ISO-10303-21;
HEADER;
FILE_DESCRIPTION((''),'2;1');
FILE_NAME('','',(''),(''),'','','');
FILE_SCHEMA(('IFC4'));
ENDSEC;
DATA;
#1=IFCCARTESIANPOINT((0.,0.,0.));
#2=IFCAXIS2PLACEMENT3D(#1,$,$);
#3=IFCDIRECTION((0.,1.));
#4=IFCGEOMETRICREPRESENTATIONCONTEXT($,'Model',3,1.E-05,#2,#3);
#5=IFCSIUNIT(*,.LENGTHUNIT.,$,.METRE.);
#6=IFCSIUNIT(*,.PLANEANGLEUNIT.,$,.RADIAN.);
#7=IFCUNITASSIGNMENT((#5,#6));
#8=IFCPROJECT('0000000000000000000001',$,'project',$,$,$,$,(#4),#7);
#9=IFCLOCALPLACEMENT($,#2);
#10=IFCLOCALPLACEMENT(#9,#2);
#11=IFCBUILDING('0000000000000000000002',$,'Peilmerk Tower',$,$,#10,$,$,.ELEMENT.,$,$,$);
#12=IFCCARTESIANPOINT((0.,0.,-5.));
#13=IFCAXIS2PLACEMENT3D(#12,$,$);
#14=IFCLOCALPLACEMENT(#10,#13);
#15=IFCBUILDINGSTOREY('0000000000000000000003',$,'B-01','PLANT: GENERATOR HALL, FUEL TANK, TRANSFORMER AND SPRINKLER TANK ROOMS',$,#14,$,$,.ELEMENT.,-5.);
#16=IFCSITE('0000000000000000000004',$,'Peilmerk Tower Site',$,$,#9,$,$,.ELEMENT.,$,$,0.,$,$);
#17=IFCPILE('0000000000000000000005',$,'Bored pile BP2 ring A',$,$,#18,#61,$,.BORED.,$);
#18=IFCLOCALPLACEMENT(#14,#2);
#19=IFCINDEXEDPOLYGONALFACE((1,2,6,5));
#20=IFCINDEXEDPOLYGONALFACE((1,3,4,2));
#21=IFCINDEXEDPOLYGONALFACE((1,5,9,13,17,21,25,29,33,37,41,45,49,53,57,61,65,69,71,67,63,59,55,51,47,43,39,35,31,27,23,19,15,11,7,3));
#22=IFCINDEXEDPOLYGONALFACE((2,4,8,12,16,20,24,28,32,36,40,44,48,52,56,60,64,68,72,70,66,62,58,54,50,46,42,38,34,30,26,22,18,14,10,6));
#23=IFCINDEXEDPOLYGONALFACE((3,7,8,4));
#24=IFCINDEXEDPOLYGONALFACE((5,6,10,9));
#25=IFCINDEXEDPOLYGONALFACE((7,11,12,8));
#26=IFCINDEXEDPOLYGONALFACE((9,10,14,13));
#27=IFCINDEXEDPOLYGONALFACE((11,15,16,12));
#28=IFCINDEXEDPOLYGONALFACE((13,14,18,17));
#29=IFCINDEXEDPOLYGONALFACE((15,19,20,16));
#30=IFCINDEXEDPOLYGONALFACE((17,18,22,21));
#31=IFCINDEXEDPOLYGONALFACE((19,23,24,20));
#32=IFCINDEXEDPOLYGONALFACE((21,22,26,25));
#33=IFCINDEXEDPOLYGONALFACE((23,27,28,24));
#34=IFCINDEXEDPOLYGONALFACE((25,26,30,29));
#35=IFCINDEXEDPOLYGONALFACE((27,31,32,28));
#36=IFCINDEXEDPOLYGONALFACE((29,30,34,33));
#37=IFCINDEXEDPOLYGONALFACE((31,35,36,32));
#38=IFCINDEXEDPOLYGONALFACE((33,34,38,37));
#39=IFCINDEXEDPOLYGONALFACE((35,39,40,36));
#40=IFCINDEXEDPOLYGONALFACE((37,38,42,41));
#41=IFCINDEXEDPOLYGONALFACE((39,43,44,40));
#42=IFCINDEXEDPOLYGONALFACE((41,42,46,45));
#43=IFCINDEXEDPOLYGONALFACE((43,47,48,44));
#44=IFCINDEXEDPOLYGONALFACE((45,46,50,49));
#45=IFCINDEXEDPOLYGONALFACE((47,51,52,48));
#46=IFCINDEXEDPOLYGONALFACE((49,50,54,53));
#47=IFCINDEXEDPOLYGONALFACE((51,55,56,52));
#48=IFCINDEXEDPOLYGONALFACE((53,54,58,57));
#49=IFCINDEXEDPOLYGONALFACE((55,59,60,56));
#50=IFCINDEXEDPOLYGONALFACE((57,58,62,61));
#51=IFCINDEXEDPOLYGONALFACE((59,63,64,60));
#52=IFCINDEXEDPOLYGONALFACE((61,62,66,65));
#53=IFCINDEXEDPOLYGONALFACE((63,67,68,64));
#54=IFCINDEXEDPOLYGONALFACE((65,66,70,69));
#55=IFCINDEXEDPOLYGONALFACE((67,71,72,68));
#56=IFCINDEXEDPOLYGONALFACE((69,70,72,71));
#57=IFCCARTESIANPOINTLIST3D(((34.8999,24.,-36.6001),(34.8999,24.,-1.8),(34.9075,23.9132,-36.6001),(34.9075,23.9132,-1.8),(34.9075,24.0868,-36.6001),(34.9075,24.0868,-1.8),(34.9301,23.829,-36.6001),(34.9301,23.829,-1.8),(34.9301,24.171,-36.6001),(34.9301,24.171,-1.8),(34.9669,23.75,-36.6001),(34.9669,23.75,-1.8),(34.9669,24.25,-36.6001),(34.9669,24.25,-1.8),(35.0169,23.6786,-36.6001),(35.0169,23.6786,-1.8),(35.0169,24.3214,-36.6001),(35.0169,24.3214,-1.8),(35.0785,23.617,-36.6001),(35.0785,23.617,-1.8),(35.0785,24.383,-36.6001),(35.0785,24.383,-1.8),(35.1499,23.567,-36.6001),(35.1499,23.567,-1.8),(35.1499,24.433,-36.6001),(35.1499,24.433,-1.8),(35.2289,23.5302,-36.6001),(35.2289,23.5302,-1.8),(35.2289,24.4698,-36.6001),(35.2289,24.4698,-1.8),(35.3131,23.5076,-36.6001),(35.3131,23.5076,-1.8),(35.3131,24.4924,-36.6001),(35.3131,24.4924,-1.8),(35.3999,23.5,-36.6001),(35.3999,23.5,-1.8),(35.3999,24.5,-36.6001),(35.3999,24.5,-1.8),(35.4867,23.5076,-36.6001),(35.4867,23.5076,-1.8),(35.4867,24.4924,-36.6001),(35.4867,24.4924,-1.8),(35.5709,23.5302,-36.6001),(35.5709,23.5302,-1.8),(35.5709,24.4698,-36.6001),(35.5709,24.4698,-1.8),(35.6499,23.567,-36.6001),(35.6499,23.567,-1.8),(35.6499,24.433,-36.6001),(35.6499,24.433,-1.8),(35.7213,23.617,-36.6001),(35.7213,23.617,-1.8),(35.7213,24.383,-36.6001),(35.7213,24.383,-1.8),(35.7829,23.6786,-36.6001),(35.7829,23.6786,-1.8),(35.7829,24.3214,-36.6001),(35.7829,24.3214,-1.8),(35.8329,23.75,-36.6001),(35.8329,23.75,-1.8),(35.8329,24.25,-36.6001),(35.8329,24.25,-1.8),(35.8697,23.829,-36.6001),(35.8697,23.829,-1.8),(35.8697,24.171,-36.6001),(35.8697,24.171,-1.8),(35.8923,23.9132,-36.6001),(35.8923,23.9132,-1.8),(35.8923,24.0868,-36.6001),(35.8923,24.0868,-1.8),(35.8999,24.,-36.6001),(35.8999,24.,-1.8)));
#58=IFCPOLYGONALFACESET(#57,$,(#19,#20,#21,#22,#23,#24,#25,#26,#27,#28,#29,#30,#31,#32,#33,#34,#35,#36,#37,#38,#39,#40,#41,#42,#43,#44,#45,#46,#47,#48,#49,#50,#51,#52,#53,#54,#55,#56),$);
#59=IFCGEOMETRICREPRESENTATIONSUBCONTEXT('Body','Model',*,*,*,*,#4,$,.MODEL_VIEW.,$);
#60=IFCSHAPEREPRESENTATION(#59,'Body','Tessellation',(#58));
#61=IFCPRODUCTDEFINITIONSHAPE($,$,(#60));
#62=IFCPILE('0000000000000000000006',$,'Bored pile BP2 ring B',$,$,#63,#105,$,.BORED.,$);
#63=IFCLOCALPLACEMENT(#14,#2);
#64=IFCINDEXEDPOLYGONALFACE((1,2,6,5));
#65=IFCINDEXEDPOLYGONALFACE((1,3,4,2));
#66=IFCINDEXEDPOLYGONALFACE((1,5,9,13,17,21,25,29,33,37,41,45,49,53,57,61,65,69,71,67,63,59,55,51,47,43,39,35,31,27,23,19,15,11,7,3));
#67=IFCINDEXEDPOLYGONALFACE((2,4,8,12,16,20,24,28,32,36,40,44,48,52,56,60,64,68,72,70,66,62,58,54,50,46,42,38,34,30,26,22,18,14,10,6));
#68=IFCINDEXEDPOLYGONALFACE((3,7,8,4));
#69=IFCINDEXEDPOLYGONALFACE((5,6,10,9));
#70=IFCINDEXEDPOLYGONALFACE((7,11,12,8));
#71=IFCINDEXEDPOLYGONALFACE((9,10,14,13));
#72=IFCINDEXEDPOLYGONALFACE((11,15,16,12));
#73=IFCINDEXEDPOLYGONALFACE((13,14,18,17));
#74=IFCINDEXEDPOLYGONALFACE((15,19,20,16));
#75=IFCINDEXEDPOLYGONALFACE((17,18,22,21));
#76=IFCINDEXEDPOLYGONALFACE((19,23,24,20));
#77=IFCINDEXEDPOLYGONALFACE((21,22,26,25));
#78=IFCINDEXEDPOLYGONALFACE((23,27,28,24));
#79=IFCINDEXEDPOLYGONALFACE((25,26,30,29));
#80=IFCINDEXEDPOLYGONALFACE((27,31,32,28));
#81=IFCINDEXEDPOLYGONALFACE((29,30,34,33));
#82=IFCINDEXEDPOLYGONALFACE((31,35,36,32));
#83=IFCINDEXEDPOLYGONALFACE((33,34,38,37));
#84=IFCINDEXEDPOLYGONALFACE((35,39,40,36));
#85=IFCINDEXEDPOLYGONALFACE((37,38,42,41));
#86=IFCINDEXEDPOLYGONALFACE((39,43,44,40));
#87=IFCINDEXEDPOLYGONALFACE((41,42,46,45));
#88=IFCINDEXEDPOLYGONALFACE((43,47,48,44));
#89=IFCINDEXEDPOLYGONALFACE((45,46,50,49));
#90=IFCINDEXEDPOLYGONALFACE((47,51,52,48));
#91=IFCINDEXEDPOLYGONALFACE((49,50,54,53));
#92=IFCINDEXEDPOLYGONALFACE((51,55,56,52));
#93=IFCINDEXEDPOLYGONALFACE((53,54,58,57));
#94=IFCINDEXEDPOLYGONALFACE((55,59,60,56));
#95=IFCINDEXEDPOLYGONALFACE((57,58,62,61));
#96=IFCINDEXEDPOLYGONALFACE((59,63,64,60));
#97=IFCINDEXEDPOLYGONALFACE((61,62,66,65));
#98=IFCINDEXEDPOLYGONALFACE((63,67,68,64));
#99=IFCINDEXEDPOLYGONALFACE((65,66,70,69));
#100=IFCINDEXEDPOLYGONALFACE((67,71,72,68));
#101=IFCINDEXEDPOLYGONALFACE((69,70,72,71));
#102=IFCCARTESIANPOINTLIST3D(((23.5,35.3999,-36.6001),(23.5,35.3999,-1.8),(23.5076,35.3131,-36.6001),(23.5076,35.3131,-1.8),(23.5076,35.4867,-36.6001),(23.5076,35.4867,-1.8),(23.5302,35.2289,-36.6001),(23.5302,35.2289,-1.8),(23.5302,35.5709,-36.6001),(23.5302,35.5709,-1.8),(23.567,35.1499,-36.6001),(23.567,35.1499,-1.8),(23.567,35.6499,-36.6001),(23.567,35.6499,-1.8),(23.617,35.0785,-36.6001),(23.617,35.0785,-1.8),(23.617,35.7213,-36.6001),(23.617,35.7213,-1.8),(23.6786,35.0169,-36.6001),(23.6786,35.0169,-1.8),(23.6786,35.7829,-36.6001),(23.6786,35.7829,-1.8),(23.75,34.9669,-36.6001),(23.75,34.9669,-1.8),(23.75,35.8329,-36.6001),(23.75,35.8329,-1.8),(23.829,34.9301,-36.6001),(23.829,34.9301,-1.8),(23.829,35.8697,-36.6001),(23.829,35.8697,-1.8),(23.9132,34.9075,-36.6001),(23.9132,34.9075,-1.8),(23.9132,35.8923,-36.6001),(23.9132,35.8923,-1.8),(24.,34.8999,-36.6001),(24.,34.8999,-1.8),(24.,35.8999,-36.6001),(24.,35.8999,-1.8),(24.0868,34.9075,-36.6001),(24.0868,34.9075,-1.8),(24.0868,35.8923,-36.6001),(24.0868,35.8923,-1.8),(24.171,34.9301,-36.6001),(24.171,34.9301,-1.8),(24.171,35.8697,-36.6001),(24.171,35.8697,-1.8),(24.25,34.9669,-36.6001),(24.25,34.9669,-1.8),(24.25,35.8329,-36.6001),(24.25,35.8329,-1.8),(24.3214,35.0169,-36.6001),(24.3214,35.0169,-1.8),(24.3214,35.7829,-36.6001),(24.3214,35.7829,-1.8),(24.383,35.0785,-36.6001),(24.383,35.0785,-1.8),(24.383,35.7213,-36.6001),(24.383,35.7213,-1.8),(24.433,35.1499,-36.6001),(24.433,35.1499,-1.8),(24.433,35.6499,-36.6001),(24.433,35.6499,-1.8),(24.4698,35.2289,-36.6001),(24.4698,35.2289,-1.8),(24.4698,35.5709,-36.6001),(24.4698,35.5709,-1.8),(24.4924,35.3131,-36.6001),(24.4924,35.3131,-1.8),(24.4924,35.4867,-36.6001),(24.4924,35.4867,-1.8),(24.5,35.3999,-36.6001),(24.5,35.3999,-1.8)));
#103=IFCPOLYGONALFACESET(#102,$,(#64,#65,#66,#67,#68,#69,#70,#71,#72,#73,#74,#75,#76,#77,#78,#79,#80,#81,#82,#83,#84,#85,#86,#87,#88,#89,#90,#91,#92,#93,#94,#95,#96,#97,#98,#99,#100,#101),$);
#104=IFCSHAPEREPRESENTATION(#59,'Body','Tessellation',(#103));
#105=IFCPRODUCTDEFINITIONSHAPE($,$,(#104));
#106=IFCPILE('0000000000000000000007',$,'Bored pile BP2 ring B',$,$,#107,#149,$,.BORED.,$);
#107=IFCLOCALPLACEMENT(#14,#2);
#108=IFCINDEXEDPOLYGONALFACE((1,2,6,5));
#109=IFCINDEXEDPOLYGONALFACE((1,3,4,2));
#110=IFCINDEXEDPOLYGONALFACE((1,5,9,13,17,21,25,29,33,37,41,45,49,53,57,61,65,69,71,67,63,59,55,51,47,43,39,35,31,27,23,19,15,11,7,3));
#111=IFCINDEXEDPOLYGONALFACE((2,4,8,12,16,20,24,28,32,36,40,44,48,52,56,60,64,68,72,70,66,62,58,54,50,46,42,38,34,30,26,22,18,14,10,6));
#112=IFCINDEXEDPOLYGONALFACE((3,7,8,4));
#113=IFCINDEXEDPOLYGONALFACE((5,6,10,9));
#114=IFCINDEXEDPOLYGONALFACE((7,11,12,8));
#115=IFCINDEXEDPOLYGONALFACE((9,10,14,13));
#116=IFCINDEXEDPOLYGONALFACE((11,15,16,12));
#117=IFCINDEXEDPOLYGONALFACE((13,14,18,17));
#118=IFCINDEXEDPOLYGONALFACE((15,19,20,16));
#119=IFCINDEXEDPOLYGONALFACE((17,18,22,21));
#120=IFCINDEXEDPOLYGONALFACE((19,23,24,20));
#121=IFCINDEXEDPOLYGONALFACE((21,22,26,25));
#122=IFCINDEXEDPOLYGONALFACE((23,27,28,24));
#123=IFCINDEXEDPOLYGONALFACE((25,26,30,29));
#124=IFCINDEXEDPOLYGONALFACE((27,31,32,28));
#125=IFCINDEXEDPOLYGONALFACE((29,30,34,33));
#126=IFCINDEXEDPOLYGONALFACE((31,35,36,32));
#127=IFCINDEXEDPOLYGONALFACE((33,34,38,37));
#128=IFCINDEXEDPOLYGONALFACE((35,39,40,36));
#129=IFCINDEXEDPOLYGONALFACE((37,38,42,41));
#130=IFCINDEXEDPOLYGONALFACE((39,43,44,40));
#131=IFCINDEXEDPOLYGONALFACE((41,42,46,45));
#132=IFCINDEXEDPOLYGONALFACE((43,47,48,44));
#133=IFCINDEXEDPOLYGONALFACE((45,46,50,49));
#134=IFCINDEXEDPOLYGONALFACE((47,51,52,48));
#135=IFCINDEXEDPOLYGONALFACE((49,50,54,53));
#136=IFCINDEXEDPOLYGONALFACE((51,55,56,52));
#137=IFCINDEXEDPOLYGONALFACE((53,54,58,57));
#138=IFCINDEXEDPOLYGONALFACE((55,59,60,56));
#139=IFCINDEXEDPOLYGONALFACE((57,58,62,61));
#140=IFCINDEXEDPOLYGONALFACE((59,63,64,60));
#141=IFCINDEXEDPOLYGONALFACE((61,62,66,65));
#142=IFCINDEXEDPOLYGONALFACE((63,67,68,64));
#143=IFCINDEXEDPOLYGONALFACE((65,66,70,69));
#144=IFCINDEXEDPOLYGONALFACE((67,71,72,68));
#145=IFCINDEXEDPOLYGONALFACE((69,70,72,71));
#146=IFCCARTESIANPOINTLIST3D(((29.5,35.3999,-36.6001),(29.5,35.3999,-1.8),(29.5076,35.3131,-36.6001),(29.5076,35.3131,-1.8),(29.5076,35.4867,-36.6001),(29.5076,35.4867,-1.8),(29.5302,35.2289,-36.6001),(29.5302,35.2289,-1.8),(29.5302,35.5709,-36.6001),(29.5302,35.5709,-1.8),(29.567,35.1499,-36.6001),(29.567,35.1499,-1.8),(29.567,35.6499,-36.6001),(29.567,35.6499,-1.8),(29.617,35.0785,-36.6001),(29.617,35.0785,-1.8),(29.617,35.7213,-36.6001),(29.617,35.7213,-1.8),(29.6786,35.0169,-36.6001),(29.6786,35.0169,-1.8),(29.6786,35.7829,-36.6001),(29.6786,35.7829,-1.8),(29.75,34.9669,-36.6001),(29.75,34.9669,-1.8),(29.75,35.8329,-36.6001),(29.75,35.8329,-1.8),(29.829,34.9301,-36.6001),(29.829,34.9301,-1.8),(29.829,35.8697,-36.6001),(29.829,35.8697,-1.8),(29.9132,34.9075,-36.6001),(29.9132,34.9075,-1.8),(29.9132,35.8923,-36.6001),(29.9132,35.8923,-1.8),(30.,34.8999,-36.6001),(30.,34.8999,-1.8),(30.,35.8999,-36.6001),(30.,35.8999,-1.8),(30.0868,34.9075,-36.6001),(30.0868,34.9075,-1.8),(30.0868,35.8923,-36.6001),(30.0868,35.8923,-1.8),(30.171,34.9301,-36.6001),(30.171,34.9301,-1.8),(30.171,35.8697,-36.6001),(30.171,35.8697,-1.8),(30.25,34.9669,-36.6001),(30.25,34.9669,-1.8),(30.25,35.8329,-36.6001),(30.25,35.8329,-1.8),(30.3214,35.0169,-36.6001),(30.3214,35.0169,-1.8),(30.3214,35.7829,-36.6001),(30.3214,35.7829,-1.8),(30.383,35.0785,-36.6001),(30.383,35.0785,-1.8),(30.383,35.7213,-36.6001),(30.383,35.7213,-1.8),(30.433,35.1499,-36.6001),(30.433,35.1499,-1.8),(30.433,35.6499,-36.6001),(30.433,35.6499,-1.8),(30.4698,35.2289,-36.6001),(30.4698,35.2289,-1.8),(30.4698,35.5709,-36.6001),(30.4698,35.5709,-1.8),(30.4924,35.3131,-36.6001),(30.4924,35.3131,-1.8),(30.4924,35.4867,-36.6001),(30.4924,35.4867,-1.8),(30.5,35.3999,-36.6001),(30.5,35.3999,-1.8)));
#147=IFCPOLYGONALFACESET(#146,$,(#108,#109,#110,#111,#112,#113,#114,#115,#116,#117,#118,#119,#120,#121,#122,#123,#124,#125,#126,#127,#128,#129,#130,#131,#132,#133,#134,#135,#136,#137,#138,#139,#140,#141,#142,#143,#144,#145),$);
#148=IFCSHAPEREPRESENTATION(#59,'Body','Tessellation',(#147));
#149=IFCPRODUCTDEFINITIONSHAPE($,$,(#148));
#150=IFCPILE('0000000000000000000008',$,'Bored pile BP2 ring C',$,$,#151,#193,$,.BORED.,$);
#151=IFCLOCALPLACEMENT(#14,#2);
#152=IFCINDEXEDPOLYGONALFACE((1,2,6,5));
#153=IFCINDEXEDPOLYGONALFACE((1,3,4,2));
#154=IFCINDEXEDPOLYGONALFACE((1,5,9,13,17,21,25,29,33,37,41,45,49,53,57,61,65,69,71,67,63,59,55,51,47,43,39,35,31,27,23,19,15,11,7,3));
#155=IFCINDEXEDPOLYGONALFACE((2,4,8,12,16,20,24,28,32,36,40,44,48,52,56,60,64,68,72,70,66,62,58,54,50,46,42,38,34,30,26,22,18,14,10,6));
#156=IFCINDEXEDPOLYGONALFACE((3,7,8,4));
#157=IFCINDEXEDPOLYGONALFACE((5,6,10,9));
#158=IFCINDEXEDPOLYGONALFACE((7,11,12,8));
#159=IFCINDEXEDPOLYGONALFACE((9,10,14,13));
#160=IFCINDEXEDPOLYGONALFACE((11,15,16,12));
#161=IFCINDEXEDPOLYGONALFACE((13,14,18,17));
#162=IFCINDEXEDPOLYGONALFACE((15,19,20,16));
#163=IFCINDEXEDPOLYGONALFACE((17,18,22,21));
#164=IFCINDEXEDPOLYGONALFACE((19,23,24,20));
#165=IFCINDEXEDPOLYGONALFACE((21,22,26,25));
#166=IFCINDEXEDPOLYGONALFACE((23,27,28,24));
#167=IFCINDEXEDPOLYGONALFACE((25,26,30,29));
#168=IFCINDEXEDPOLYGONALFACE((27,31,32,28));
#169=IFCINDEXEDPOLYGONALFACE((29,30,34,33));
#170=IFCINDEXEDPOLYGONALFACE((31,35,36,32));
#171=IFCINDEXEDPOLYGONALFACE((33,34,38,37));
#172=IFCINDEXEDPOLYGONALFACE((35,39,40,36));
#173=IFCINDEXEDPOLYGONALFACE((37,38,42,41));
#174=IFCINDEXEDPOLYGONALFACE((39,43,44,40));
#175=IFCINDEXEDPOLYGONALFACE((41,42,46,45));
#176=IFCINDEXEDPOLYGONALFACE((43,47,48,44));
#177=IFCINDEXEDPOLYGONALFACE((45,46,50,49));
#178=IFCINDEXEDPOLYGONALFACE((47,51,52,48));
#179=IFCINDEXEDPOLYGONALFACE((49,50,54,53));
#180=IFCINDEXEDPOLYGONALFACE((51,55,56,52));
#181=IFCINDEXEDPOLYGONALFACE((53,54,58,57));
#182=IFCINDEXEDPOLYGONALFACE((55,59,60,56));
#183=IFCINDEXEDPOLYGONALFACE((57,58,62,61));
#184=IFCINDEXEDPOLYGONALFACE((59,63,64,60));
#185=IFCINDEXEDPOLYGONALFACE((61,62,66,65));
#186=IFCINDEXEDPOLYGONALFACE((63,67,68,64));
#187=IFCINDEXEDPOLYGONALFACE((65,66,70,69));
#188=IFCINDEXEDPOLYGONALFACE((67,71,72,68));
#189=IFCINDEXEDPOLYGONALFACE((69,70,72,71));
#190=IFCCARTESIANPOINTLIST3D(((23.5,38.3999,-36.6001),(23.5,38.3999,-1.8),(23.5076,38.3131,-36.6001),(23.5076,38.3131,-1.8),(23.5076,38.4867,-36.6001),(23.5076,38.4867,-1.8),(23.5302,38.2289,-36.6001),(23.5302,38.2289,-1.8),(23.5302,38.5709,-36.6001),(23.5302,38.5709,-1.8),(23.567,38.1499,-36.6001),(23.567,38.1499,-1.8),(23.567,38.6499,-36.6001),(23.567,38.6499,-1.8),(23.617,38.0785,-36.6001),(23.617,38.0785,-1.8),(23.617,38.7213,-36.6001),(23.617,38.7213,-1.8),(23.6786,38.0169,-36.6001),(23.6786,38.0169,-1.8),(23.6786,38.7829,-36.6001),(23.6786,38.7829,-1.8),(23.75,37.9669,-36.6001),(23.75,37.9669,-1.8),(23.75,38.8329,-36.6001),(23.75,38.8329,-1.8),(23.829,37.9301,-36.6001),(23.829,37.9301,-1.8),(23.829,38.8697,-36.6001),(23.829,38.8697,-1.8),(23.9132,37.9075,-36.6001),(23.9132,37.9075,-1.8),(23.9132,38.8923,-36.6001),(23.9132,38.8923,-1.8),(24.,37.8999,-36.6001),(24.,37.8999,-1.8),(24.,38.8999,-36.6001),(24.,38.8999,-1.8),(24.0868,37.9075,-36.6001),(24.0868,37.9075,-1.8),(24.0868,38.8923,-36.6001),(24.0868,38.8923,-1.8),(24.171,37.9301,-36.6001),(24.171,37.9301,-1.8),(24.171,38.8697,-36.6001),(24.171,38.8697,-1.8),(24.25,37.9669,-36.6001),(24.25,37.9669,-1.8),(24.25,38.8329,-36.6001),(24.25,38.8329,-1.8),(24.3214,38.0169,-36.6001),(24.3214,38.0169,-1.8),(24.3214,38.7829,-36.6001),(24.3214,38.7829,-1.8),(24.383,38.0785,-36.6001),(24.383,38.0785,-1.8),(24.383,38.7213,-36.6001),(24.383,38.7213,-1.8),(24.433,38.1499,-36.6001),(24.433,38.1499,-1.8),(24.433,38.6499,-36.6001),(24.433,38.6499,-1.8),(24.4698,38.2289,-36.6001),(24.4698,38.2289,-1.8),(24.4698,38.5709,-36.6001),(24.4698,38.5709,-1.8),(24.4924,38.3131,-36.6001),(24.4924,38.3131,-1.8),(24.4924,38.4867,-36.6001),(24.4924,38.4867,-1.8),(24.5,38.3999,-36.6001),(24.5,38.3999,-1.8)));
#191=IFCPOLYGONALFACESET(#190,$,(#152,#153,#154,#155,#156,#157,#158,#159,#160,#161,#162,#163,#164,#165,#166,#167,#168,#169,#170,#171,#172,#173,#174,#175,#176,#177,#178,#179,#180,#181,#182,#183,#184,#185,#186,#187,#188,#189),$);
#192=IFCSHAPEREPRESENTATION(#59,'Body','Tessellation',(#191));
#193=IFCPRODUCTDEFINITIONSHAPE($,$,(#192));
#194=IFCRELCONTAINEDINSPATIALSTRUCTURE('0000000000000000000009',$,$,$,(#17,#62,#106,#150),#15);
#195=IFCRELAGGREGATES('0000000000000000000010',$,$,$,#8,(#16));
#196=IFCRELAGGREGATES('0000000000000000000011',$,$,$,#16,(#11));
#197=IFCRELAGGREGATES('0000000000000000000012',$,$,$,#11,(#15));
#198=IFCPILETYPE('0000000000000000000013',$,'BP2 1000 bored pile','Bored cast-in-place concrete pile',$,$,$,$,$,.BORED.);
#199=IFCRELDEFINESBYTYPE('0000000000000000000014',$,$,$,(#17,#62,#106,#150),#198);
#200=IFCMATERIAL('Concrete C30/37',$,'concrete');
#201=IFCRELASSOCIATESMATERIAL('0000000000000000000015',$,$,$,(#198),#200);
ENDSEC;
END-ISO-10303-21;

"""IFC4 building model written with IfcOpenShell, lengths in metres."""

from ifc_helpers import new_model, si_unit, direction, frame, origin, origin_2d, place, context, subcontext, project, spatial, circle, extrude, material, material_profile, profile_set, type_object, element, save


model = new_model("IFC4")

# Units and contexts
model_context = context("Model", 3, precision=1e-05, world=origin(), true_north=direction((0.0, 1.0)))
body_context = subcontext(model_context, "Body", "Model", "MODEL_VIEW")
ifc_project = project(units=[si_unit("LENGTHUNIT", "METRE"), si_unit("PLANEANGLEUNIT", "RADIAN")], contexts=[model_context])

# Site, building, storey
site_placement = place(None, origin())
site = spatial("IfcSite", under=ifc_project, at=site_placement, Name="Peilmerk Tower Site", CompositionType="ELEMENT", RefElevation=0.0)
building_placement = place(site_placement, origin())
building = spatial("IfcBuilding", under=site, at=building_placement, Name="Peilmerk Tower", CompositionType="ELEMENT")
storey_placement = place(building_placement, frame((0.0, 0.0, -5.0)))
storey = spatial("IfcBuildingStorey", under=building, at=storey_placement, Name="B-01", Description="PLANT: GENERATOR HALL, FUEL TANK, TRANSFORMER AND SPRINKLER TANK ROOMS", CompositionType="ELEMENT", Elevation=-5.0)

# Piles
ifc_material_1 = material(Name="Concrete C30/37", Category="concrete")
ifc_material_profile_1 = material_profile(ifc_material_1, circle(Radius=0.5, at=origin_2d()), Name="BP 1000")
ifc_profile_set_1 = profile_set([ifc_material_profile_1], Name="Concrete C30/37")
pile_type_1 = type_object("IfcPileType", Name="BP2 1000 bored pile", Description="Bored cast-in-place concrete pile", PredefinedType="BORED", material=ifc_profile_set_1)
for number, where, z_axis, x_axis, name in (
    (1, (35.3999, 24.0, -1.8), (0.0, 0.0, -1.0), (1.0, 0.0, 0.0), "Bored pile BP2 ring A"),
    (2, (24.0, 35.3999, -1.8), (0.0, 0.0, -1.0), (1.0, 0.0, 0.0), "Bored pile BP2 ring B"),
    (3, (30.0, 35.3999, -1.8), (0.0, 0.0, -1.0), (1.0, 0.0, 0.0), "Bored pile BP2 ring B"),
    (4, (24.0, 38.3999, -1.8), (0.0, 0.0, -1.0), (1.0, 0.0, 0.0), "Bored pile BP2 ring C"),
):
    element("IfcPile", number, at=place(storey_placement, frame(where, z_axis=z_axis, x_axis=x_axis)), inside=storey, type_object=pile_type_1, Name=name, PredefinedType="BORED", context=body_context, shape_type="SweptSolid", body=[
        extrude(circle(Radius=0.5, at=origin_2d()), origin(), (0.0, 0.0, 1.0), 34.8),
    ])

save(model, "model.ifc")
